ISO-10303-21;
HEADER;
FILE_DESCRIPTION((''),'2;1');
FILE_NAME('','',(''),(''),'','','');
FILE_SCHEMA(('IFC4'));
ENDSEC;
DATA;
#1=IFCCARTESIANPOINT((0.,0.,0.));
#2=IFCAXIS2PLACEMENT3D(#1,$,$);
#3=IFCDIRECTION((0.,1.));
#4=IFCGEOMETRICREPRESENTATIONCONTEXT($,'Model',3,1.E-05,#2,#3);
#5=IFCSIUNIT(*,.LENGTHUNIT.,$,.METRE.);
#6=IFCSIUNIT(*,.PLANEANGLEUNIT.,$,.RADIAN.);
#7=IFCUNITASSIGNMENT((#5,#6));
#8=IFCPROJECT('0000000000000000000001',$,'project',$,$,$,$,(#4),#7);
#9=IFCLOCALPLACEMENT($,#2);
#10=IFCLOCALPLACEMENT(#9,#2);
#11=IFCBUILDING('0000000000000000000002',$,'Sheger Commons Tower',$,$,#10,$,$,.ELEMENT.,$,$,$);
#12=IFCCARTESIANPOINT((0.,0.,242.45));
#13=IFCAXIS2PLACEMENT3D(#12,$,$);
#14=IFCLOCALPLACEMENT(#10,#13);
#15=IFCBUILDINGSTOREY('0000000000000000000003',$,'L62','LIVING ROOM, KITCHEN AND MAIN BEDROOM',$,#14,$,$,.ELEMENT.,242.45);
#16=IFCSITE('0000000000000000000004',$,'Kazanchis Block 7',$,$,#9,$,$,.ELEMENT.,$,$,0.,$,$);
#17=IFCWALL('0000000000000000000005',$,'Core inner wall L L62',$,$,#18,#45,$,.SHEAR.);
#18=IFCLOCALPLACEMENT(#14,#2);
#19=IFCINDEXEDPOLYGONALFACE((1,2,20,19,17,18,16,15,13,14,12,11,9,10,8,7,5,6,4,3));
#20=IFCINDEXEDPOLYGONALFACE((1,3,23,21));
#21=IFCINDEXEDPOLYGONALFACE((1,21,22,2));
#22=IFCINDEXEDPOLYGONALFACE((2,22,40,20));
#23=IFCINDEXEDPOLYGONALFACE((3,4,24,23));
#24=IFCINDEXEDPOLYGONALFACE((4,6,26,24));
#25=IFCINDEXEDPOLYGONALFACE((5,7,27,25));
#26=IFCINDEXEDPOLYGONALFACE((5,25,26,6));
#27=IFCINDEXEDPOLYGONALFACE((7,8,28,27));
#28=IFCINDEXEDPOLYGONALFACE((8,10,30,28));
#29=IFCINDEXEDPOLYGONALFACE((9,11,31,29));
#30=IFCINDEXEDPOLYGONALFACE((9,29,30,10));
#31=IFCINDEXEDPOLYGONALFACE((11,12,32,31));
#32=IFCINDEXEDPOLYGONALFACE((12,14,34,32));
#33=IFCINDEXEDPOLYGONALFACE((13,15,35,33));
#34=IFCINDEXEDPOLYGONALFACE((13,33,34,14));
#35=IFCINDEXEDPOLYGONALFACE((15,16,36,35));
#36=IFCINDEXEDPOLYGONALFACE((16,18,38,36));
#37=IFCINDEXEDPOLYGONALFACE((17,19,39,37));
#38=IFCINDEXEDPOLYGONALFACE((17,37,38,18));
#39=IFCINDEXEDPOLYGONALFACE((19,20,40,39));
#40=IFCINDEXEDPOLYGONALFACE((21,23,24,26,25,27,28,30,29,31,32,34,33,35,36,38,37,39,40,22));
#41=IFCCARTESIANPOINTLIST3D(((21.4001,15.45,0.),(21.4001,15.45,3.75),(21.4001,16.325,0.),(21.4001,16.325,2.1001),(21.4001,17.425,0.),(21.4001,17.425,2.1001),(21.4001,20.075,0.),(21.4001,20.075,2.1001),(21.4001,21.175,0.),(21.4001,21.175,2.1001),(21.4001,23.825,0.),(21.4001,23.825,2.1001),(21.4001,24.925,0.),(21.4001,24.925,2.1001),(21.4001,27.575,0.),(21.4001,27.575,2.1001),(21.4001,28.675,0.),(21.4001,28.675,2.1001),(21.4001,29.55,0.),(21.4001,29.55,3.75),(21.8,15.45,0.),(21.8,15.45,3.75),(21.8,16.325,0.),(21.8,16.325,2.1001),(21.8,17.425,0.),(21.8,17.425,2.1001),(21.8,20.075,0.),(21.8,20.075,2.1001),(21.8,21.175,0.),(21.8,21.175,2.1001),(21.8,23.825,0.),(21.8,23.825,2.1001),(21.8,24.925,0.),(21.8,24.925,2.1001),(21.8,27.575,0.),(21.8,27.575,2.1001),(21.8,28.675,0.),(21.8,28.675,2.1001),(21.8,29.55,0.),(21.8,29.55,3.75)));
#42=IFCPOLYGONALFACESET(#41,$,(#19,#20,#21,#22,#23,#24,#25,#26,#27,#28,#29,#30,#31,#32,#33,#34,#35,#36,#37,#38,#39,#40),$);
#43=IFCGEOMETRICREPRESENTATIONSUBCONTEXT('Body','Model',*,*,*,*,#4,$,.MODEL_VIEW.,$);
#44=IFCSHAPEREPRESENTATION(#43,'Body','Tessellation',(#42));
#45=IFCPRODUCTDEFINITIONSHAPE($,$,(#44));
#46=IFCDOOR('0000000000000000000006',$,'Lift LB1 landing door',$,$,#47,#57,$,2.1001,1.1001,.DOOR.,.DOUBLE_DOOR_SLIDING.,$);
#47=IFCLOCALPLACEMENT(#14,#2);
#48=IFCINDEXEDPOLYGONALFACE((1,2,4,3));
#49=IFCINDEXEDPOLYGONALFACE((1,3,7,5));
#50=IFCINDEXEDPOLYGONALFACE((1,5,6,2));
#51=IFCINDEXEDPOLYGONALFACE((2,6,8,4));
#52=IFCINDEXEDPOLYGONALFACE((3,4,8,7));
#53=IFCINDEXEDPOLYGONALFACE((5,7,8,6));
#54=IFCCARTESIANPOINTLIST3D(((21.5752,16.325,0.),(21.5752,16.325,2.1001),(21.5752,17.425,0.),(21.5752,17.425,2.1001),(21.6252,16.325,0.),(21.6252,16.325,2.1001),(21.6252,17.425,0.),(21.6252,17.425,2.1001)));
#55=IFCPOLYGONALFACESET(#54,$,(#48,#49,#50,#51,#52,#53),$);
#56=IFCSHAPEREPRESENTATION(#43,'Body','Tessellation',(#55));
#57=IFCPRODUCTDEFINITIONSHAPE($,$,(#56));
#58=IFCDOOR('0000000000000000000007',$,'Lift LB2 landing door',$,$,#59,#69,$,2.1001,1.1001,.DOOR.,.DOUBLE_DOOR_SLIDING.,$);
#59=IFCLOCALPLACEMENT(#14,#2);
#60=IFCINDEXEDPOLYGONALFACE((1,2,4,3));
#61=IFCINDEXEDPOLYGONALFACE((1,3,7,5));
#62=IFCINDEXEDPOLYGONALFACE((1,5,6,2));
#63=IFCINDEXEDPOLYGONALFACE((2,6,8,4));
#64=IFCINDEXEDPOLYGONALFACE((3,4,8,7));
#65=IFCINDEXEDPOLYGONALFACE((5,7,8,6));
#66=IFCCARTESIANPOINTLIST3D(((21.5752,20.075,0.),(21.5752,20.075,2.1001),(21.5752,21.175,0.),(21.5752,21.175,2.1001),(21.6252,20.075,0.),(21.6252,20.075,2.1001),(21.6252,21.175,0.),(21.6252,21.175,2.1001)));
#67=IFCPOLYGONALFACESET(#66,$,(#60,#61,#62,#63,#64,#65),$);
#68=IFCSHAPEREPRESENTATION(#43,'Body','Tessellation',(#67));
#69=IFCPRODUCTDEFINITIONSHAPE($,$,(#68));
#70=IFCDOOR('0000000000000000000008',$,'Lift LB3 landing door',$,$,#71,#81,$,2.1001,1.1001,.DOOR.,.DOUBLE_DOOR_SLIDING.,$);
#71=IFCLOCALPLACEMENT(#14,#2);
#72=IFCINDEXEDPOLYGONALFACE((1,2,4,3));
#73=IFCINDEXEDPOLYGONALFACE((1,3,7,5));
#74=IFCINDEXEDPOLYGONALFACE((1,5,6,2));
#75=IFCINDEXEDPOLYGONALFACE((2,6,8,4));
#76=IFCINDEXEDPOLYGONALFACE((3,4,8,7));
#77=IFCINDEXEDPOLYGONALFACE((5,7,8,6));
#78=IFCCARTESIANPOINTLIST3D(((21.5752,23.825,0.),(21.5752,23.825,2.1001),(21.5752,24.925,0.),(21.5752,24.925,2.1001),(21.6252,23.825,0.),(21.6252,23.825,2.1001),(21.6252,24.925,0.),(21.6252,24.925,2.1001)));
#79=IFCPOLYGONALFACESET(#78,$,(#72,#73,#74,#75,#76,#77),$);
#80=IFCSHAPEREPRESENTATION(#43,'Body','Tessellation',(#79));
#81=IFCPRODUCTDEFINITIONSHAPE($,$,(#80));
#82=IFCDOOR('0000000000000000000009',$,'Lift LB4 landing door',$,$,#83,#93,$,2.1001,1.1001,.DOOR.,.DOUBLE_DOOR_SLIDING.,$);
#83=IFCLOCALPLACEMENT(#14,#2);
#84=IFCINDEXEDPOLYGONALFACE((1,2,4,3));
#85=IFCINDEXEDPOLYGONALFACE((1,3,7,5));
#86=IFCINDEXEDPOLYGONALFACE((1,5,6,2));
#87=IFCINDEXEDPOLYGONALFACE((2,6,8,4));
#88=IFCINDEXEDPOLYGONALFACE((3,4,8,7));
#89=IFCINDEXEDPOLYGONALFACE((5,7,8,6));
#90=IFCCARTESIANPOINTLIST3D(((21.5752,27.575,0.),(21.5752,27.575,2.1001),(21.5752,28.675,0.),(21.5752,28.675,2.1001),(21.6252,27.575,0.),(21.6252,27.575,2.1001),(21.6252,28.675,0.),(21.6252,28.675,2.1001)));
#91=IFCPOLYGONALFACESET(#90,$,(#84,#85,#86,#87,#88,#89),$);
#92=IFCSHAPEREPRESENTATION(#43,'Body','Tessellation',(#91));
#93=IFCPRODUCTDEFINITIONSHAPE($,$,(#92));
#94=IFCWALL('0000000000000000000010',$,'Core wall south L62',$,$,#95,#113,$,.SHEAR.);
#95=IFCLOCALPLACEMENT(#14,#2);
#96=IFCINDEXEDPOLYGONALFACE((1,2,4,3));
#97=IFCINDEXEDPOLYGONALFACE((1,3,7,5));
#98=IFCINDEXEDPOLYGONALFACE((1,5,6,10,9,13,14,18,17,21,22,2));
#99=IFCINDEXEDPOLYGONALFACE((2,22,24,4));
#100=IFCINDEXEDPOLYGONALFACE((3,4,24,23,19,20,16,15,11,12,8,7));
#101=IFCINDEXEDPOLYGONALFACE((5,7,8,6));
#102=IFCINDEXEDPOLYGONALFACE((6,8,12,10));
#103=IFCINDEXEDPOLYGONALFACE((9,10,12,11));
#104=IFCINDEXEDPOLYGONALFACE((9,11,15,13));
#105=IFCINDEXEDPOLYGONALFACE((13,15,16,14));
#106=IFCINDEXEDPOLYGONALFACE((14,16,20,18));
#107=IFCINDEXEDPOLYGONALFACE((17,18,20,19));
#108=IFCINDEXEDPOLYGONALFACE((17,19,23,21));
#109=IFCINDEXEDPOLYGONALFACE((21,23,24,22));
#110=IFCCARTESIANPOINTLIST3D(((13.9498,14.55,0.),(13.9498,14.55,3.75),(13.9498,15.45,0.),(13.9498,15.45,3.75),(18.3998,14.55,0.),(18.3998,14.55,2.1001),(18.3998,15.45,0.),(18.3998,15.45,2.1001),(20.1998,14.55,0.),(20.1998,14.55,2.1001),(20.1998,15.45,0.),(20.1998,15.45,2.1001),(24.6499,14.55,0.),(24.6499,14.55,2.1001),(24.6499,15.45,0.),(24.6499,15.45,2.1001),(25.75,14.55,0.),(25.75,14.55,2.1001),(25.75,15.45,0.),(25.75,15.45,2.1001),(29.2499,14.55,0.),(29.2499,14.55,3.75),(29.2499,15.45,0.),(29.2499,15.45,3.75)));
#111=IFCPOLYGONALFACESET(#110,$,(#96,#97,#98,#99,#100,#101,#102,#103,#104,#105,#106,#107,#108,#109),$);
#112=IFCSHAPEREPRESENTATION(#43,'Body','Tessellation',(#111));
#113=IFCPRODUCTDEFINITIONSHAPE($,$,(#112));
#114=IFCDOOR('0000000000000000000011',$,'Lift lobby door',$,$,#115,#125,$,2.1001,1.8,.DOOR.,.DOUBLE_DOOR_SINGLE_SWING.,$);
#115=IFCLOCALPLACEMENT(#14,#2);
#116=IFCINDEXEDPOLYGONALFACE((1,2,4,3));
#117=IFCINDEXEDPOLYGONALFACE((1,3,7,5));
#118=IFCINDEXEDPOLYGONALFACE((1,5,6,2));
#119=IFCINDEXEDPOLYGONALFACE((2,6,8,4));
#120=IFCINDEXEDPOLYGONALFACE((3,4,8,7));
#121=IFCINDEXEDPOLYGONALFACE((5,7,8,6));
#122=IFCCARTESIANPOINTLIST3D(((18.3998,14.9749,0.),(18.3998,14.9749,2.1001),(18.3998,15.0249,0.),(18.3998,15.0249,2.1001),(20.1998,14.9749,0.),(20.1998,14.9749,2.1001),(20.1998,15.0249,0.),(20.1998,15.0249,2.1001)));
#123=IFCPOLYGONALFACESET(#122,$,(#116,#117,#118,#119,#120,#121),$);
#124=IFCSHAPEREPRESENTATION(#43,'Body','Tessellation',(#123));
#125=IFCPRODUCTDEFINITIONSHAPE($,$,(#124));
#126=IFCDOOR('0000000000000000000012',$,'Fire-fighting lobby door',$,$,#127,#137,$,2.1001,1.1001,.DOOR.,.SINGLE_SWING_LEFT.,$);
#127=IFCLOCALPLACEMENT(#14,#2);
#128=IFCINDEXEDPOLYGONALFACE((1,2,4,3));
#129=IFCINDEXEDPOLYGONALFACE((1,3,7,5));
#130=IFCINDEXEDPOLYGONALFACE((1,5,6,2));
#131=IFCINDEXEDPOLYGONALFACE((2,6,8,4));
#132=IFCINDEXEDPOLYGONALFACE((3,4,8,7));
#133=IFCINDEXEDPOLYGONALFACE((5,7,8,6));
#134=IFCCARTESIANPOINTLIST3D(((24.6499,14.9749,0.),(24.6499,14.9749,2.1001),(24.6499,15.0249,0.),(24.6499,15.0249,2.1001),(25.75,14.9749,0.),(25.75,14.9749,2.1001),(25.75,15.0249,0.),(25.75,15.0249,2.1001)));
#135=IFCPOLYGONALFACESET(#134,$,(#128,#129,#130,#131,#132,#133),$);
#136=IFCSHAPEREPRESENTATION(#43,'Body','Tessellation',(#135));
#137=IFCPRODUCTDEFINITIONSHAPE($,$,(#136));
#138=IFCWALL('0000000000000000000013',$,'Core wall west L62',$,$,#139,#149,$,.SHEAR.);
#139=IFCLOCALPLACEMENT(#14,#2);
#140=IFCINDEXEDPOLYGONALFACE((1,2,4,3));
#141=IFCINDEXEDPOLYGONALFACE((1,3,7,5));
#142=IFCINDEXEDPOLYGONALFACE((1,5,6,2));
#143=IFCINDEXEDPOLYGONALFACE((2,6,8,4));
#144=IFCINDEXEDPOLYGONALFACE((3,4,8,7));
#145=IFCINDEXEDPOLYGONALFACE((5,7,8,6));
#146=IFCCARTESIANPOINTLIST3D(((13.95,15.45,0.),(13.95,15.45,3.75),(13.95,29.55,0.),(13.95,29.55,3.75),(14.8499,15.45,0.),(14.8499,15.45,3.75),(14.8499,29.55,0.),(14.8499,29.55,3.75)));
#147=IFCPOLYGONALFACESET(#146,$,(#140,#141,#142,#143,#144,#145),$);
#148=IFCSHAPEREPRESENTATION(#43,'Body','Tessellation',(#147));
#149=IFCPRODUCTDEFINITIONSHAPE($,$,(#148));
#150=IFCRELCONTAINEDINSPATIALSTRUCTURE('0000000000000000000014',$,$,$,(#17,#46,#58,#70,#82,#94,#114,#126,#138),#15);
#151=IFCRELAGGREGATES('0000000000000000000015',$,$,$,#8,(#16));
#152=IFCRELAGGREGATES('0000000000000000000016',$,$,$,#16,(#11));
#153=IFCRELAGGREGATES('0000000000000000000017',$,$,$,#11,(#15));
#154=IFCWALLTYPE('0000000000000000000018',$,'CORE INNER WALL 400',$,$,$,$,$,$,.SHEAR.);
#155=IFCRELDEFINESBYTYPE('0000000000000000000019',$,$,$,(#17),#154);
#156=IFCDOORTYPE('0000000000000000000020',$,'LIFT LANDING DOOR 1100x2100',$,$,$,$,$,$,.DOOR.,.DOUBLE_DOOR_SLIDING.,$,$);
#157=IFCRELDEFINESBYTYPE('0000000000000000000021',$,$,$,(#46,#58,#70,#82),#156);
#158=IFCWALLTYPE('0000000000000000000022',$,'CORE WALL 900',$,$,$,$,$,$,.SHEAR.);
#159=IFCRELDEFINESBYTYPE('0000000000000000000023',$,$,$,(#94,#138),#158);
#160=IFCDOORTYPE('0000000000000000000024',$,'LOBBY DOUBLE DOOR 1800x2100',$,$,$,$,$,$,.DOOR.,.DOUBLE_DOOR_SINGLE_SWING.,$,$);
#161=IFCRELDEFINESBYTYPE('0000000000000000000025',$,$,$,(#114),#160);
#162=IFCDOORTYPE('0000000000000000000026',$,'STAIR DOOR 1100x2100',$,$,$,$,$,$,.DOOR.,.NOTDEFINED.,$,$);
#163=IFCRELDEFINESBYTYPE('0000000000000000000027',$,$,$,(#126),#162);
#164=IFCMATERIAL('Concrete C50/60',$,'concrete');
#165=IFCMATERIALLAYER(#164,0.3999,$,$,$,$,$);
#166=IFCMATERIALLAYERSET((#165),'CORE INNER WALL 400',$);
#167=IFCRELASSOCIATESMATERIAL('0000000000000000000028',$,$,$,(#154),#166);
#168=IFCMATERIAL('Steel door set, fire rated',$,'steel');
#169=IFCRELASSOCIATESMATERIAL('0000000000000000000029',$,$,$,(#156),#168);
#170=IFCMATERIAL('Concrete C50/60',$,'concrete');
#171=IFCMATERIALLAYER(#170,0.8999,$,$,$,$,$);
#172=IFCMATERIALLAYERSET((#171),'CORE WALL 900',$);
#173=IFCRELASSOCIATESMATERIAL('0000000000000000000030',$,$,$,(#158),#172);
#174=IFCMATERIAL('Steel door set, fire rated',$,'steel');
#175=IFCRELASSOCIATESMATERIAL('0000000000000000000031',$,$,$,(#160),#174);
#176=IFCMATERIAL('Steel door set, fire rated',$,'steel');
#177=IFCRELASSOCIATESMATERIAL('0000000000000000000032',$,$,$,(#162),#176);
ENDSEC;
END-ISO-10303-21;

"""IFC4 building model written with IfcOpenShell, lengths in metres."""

from ifc_helpers import new_model, si_unit, direction, frame, frame_2d, origin, place, context, subcontext, project, spatial, rectangle, extrude, material, layer, layer_set, type_object, element, fill, save


model = new_model("IFC4")

# Units and contexts
model_context = context("Model", 3, precision=1e-05, world=origin(), true_north=direction((0.0, 1.0)))
body_context = subcontext(model_context, "Body", "Model", "MODEL_VIEW")
ifc_project = project(units=[si_unit("LENGTHUNIT", "METRE"), si_unit("PLANEANGLEUNIT", "RADIAN")], contexts=[model_context])

# Site, building, storey
site_placement = place(None, origin())
site = spatial("IfcSite", under=ifc_project, at=site_placement, Name="Kazanchis Block 7", CompositionType="ELEMENT", RefElevation=0.0)
building_placement = place(site_placement, origin())
building = spatial("IfcBuilding", under=site, at=building_placement, Name="Sheger Commons Tower", CompositionType="ELEMENT")
storey_placement = place(building_placement, frame((0.0, 0.0, 242.45)))
storey = spatial("IfcBuildingStorey", under=building, at=storey_placement, Name="L62", Description="LIVING ROOM, KITCHEN AND MAIN BEDROOM", CompositionType="ELEMENT", Elevation=242.45)

# Walls, openings, doors
ifc_material_1 = material(Name="Concrete C50/60", Category="concrete")
ifc_layer_1 = layer(ifc_material_1, 0.3999)
ifc_layer_set_1 = layer_set([ifc_layer_1], Name="CORE INNER WALL 400")
wall_type_1 = type_object("IfcWallType", Name="CORE INNER WALL 400", PredefinedType="SHEAR", material=ifc_layer_set_1)
wall_1_placement = place(storey_placement, frame((21.6001, 15.45, 0.0), z_axis=(0.0, 0.0, 1.0), x_axis=(0.0, 1.0, 0.0)))
wall_1 = element("IfcWall", 1, at=wall_1_placement, inside=storey, type_object=wall_type_1, Name="Core inner wall L L62", PredefinedType="SHEAR", context=body_context, shape_type="SweptSolid", body=[
    extrude(rectangle(XDim=14.1001, YDim=0.3999, at=frame_2d((7.05, 0.0))), origin(), (0.0, 0.0, 1.0), 3.75),
])
opening_1_placement = place(wall_1_placement, frame((0.875, 0.0, 0.0)))
opening_1 = element("IfcOpeningElement", 2, at=opening_1_placement, cuts=wall_1, PredefinedType="OPENING", context=body_context, shape_type="SweptSolid", body=[
    extrude(rectangle(XDim=1.1001, YDim=2.1001, at=frame_2d((0.55, 1.05))), frame((0.0, 0.21, 0.0), z_axis=(0.0, -1.0, 0.0), x_axis=(1.0, 0.0, 0.0)), (0.0, 0.0, 1.0), 0.4199),
])
opening_2_placement = place(wall_1_placement, frame((4.625, 0.0, 0.0)))
opening_2 = element("IfcOpeningElement", 3, at=opening_2_placement, cuts=wall_1, PredefinedType="OPENING", context=body_context, shape_type="SweptSolid", body=[
    extrude(rectangle(XDim=1.1001, YDim=2.1001, at=frame_2d((0.55, 1.05))), frame((0.0, 0.21, 0.0), z_axis=(0.0, -1.0, 0.0), x_axis=(1.0, 0.0, 0.0)), (0.0, 0.0, 1.0), 0.4199),
])
opening_3_placement = place(wall_1_placement, frame((8.375, 0.0, 0.0)))
opening_3 = element("IfcOpeningElement", 4, at=opening_3_placement, cuts=wall_1, PredefinedType="OPENING", context=body_context, shape_type="SweptSolid", body=[
    extrude(rectangle(XDim=1.1001, YDim=2.1001, at=frame_2d((0.55, 1.05))), frame((0.0, 0.21, 0.0), z_axis=(0.0, -1.0, 0.0), x_axis=(1.0, 0.0, 0.0)), (0.0, 0.0, 1.0), 0.4199),
])
opening_4_placement = place(wall_1_placement, frame((12.125, 0.0, 0.0)))
opening_4 = element("IfcOpeningElement", 5, at=opening_4_placement, cuts=wall_1, PredefinedType="OPENING", context=body_context, shape_type="SweptSolid", body=[
    extrude(rectangle(XDim=1.1001, YDim=2.1001, at=frame_2d((0.55, 1.05))), frame((0.0, 0.21, 0.0), z_axis=(0.0, -1.0, 0.0), x_axis=(1.0, 0.0, 0.0)), (0.0, 0.0, 1.0), 0.4199),
])
ifc_material_2 = material(Name="Steel door set, fire rated", Category="steel")
door_type_1 = type_object("IfcDoorType", Name="LIFT LANDING DOOR 1100x2100", OperationType="DOUBLE_DOOR_SLIDING", PredefinedType="DOOR", material=ifc_material_2)
door_1_placement = place(opening_1_placement, origin())
door_1 = element("IfcDoor", 6, at=door_1_placement, inside=storey, type_object=door_type_1, Name="Lift LB1 landing door", OperationType="DOUBLE_DOOR_SLIDING", OverallHeight=2.1001, OverallWidth=1.1001, PredefinedType="DOOR", context=body_context, shape_type="SweptSolid", body=[
    extrude(rectangle(XDim=1.1001, YDim=2.1001, at=frame_2d((0.55, 1.05))), frame((0.0, 0.0249, 0.0), z_axis=(0.0, -1.0, 0.0), x_axis=(1.0, 0.0, 0.0)), (0.0, 0.0, 1.0), 0.05),
])
fill(opening_1, door_1)
door_2_placement = place(opening_2_placement, origin())
door_2 = element("IfcDoor", 7, at=door_2_placement, inside=storey, type_object=door_type_1, Name="Lift LB2 landing door", OperationType="DOUBLE_DOOR_SLIDING", OverallHeight=2.1001, OverallWidth=1.1001, PredefinedType="DOOR", context=body_context, shape_type="SweptSolid", body=[
    extrude(rectangle(XDim=1.1001, YDim=2.1001, at=frame_2d((0.55, 1.05))), frame((0.0, 0.0249, 0.0), z_axis=(0.0, -1.0, 0.0), x_axis=(1.0, 0.0, 0.0)), (0.0, 0.0, 1.0), 0.05),
])
fill(opening_2, door_2)
door_3_placement = place(opening_3_placement, origin())
door_3 = element("IfcDoor", 8, at=door_3_placement, inside=storey, type_object=door_type_1, Name="Lift LB3 landing door", OperationType="DOUBLE_DOOR_SLIDING", OverallHeight=2.1001, OverallWidth=1.1001, PredefinedType="DOOR", context=body_context, shape_type="SweptSolid", body=[
    extrude(rectangle(XDim=1.1001, YDim=2.1001, at=frame_2d((0.55, 1.05))), frame((0.0, 0.0249, 0.0), z_axis=(0.0, -1.0, 0.0), x_axis=(1.0, 0.0, 0.0)), (0.0, 0.0, 1.0), 0.05),
])
fill(opening_3, door_3)
door_4_placement = place(opening_4_placement, origin())
door_4 = element("IfcDoor", 9, at=door_4_placement, inside=storey, type_object=door_type_1, Name="Lift LB4 landing door", OperationType="DOUBLE_DOOR_SLIDING", OverallHeight=2.1001, OverallWidth=1.1001, PredefinedType="DOOR", context=body_context, shape_type="SweptSolid", body=[
    extrude(rectangle(XDim=1.1001, YDim=2.1001, at=frame_2d((0.55, 1.05))), frame((0.0, 0.0249, 0.0), z_axis=(0.0, -1.0, 0.0), x_axis=(1.0, 0.0, 0.0)), (0.0, 0.0, 1.0), 0.05),
])
fill(opening_4, door_4)
ifc_material_3 = material(Name="Concrete C50/60", Category="concrete")
ifc_layer_2 = layer(ifc_material_3, 0.8999)
ifc_layer_set_2 = layer_set([ifc_layer_2], Name="CORE WALL 900")
wall_type_2 = type_object("IfcWallType", Name="CORE WALL 900", PredefinedType="SHEAR", material=ifc_layer_set_2)
wall_2_placement = place(storey_placement, frame((13.95, 15.0, 0.0), z_axis=(0.0, 0.0, 1.0), x_axis=(1.0, 0.0, 0.0)))
wall_2 = element("IfcWall", 10, at=wall_2_placement, inside=storey, type_object=wall_type_2, Name="Core wall south L62", PredefinedType="SHEAR", context=body_context, shape_type="SweptSolid", body=[
    extrude(rectangle(XDim=15.3, YDim=0.8999, at=frame_2d((7.6499, 0.0))), origin(), (0.0, 0.0, 1.0), 3.75),
])
opening_5_placement = place(wall_2_placement, frame((4.45, 0.0, 0.0)))
opening_5 = element("IfcOpeningElement", 11, at=opening_5_placement, cuts=wall_2, PredefinedType="OPENING", context=body_context, shape_type="SweptSolid", body=[
    extrude(rectangle(XDim=1.8, YDim=2.1001, at=frame_2d((0.8999, 1.05))), frame((0.0, 0.46, 0.0), z_axis=(0.0, -1.0, 0.0), x_axis=(1.0, 0.0, 0.0)), (0.0, 0.0, 1.0), 0.9199),
])
opening_6_placement = place(wall_2_placement, frame((10.7, 0.0, 0.0)))
opening_6 = element("IfcOpeningElement", 12, at=opening_6_placement, cuts=wall_2, PredefinedType="OPENING", context=body_context, shape_type="SweptSolid", body=[
    extrude(rectangle(XDim=1.1001, YDim=2.1001, at=frame_2d((0.55, 1.05))), frame((0.0, 0.46, 0.0), z_axis=(0.0, -1.0, 0.0), x_axis=(1.0, 0.0, 0.0)), (0.0, 0.0, 1.0), 0.9199),
])
ifc_material_4 = material(Name="Steel door set, fire rated", Category="steel")
door_type_2 = type_object("IfcDoorType", Name="LOBBY DOUBLE DOOR 1800x2100", OperationType="DOUBLE_DOOR_SINGLE_SWING", PredefinedType="DOOR", material=ifc_material_4)
door_5_placement = place(opening_5_placement, origin())
door_5 = element("IfcDoor", 13, at=door_5_placement, inside=storey, type_object=door_type_2, Name="Lift lobby door", OperationType="DOUBLE_DOOR_SINGLE_SWING", OverallHeight=2.1001, OverallWidth=1.8, PredefinedType="DOOR", context=body_context, shape_type="SweptSolid", body=[
    extrude(rectangle(XDim=1.8, YDim=2.1001, at=frame_2d((0.8999, 1.05))), frame((0.0, 0.0249, 0.0), z_axis=(0.0, -1.0, 0.0), x_axis=(1.0, 0.0, 0.0)), (0.0, 0.0, 1.0), 0.05),
])
fill(opening_5, door_5)
ifc_material_5 = material(Name="Steel door set, fire rated", Category="steel")
door_type_3 = type_object("IfcDoorType", Name="STAIR DOOR 1100x2100", OperationType="NOTDEFINED", PredefinedType="DOOR", material=ifc_material_5)
door_6_placement = place(opening_6_placement, origin())
door_6 = element("IfcDoor", 14, at=door_6_placement, inside=storey, type_object=door_type_3, Name="Fire-fighting lobby door", OperationType="SINGLE_SWING_LEFT", OverallHeight=2.1001, OverallWidth=1.1001, PredefinedType="DOOR", context=body_context, shape_type="SweptSolid", body=[
    extrude(rectangle(XDim=1.1001, YDim=2.1001, at=frame_2d((0.55, 1.05))), frame((0.0, 0.0249, 0.0), z_axis=(0.0, -1.0, 0.0), x_axis=(1.0, 0.0, 0.0)), (0.0, 0.0, 1.0), 0.05),
])
fill(opening_6, door_6)

# Wall
wall_3_placement = place(storey_placement, frame((14.3999, 15.45, 0.0), z_axis=(0.0, 0.0, 1.0), x_axis=(0.0, 1.0, 0.0)))
element("IfcWall", 15, at=wall_3_placement, inside=storey, type_object=wall_type_2, Name="Core wall west L62", PredefinedType="SHEAR", context=body_context, shape_type="SweptSolid", body=[
    extrude(rectangle(XDim=14.1001, YDim=0.8999, at=frame_2d((7.05, 0.0))), origin(), (0.0, 0.0, 1.0), 3.75),
])

save(model, "model.ifc")
